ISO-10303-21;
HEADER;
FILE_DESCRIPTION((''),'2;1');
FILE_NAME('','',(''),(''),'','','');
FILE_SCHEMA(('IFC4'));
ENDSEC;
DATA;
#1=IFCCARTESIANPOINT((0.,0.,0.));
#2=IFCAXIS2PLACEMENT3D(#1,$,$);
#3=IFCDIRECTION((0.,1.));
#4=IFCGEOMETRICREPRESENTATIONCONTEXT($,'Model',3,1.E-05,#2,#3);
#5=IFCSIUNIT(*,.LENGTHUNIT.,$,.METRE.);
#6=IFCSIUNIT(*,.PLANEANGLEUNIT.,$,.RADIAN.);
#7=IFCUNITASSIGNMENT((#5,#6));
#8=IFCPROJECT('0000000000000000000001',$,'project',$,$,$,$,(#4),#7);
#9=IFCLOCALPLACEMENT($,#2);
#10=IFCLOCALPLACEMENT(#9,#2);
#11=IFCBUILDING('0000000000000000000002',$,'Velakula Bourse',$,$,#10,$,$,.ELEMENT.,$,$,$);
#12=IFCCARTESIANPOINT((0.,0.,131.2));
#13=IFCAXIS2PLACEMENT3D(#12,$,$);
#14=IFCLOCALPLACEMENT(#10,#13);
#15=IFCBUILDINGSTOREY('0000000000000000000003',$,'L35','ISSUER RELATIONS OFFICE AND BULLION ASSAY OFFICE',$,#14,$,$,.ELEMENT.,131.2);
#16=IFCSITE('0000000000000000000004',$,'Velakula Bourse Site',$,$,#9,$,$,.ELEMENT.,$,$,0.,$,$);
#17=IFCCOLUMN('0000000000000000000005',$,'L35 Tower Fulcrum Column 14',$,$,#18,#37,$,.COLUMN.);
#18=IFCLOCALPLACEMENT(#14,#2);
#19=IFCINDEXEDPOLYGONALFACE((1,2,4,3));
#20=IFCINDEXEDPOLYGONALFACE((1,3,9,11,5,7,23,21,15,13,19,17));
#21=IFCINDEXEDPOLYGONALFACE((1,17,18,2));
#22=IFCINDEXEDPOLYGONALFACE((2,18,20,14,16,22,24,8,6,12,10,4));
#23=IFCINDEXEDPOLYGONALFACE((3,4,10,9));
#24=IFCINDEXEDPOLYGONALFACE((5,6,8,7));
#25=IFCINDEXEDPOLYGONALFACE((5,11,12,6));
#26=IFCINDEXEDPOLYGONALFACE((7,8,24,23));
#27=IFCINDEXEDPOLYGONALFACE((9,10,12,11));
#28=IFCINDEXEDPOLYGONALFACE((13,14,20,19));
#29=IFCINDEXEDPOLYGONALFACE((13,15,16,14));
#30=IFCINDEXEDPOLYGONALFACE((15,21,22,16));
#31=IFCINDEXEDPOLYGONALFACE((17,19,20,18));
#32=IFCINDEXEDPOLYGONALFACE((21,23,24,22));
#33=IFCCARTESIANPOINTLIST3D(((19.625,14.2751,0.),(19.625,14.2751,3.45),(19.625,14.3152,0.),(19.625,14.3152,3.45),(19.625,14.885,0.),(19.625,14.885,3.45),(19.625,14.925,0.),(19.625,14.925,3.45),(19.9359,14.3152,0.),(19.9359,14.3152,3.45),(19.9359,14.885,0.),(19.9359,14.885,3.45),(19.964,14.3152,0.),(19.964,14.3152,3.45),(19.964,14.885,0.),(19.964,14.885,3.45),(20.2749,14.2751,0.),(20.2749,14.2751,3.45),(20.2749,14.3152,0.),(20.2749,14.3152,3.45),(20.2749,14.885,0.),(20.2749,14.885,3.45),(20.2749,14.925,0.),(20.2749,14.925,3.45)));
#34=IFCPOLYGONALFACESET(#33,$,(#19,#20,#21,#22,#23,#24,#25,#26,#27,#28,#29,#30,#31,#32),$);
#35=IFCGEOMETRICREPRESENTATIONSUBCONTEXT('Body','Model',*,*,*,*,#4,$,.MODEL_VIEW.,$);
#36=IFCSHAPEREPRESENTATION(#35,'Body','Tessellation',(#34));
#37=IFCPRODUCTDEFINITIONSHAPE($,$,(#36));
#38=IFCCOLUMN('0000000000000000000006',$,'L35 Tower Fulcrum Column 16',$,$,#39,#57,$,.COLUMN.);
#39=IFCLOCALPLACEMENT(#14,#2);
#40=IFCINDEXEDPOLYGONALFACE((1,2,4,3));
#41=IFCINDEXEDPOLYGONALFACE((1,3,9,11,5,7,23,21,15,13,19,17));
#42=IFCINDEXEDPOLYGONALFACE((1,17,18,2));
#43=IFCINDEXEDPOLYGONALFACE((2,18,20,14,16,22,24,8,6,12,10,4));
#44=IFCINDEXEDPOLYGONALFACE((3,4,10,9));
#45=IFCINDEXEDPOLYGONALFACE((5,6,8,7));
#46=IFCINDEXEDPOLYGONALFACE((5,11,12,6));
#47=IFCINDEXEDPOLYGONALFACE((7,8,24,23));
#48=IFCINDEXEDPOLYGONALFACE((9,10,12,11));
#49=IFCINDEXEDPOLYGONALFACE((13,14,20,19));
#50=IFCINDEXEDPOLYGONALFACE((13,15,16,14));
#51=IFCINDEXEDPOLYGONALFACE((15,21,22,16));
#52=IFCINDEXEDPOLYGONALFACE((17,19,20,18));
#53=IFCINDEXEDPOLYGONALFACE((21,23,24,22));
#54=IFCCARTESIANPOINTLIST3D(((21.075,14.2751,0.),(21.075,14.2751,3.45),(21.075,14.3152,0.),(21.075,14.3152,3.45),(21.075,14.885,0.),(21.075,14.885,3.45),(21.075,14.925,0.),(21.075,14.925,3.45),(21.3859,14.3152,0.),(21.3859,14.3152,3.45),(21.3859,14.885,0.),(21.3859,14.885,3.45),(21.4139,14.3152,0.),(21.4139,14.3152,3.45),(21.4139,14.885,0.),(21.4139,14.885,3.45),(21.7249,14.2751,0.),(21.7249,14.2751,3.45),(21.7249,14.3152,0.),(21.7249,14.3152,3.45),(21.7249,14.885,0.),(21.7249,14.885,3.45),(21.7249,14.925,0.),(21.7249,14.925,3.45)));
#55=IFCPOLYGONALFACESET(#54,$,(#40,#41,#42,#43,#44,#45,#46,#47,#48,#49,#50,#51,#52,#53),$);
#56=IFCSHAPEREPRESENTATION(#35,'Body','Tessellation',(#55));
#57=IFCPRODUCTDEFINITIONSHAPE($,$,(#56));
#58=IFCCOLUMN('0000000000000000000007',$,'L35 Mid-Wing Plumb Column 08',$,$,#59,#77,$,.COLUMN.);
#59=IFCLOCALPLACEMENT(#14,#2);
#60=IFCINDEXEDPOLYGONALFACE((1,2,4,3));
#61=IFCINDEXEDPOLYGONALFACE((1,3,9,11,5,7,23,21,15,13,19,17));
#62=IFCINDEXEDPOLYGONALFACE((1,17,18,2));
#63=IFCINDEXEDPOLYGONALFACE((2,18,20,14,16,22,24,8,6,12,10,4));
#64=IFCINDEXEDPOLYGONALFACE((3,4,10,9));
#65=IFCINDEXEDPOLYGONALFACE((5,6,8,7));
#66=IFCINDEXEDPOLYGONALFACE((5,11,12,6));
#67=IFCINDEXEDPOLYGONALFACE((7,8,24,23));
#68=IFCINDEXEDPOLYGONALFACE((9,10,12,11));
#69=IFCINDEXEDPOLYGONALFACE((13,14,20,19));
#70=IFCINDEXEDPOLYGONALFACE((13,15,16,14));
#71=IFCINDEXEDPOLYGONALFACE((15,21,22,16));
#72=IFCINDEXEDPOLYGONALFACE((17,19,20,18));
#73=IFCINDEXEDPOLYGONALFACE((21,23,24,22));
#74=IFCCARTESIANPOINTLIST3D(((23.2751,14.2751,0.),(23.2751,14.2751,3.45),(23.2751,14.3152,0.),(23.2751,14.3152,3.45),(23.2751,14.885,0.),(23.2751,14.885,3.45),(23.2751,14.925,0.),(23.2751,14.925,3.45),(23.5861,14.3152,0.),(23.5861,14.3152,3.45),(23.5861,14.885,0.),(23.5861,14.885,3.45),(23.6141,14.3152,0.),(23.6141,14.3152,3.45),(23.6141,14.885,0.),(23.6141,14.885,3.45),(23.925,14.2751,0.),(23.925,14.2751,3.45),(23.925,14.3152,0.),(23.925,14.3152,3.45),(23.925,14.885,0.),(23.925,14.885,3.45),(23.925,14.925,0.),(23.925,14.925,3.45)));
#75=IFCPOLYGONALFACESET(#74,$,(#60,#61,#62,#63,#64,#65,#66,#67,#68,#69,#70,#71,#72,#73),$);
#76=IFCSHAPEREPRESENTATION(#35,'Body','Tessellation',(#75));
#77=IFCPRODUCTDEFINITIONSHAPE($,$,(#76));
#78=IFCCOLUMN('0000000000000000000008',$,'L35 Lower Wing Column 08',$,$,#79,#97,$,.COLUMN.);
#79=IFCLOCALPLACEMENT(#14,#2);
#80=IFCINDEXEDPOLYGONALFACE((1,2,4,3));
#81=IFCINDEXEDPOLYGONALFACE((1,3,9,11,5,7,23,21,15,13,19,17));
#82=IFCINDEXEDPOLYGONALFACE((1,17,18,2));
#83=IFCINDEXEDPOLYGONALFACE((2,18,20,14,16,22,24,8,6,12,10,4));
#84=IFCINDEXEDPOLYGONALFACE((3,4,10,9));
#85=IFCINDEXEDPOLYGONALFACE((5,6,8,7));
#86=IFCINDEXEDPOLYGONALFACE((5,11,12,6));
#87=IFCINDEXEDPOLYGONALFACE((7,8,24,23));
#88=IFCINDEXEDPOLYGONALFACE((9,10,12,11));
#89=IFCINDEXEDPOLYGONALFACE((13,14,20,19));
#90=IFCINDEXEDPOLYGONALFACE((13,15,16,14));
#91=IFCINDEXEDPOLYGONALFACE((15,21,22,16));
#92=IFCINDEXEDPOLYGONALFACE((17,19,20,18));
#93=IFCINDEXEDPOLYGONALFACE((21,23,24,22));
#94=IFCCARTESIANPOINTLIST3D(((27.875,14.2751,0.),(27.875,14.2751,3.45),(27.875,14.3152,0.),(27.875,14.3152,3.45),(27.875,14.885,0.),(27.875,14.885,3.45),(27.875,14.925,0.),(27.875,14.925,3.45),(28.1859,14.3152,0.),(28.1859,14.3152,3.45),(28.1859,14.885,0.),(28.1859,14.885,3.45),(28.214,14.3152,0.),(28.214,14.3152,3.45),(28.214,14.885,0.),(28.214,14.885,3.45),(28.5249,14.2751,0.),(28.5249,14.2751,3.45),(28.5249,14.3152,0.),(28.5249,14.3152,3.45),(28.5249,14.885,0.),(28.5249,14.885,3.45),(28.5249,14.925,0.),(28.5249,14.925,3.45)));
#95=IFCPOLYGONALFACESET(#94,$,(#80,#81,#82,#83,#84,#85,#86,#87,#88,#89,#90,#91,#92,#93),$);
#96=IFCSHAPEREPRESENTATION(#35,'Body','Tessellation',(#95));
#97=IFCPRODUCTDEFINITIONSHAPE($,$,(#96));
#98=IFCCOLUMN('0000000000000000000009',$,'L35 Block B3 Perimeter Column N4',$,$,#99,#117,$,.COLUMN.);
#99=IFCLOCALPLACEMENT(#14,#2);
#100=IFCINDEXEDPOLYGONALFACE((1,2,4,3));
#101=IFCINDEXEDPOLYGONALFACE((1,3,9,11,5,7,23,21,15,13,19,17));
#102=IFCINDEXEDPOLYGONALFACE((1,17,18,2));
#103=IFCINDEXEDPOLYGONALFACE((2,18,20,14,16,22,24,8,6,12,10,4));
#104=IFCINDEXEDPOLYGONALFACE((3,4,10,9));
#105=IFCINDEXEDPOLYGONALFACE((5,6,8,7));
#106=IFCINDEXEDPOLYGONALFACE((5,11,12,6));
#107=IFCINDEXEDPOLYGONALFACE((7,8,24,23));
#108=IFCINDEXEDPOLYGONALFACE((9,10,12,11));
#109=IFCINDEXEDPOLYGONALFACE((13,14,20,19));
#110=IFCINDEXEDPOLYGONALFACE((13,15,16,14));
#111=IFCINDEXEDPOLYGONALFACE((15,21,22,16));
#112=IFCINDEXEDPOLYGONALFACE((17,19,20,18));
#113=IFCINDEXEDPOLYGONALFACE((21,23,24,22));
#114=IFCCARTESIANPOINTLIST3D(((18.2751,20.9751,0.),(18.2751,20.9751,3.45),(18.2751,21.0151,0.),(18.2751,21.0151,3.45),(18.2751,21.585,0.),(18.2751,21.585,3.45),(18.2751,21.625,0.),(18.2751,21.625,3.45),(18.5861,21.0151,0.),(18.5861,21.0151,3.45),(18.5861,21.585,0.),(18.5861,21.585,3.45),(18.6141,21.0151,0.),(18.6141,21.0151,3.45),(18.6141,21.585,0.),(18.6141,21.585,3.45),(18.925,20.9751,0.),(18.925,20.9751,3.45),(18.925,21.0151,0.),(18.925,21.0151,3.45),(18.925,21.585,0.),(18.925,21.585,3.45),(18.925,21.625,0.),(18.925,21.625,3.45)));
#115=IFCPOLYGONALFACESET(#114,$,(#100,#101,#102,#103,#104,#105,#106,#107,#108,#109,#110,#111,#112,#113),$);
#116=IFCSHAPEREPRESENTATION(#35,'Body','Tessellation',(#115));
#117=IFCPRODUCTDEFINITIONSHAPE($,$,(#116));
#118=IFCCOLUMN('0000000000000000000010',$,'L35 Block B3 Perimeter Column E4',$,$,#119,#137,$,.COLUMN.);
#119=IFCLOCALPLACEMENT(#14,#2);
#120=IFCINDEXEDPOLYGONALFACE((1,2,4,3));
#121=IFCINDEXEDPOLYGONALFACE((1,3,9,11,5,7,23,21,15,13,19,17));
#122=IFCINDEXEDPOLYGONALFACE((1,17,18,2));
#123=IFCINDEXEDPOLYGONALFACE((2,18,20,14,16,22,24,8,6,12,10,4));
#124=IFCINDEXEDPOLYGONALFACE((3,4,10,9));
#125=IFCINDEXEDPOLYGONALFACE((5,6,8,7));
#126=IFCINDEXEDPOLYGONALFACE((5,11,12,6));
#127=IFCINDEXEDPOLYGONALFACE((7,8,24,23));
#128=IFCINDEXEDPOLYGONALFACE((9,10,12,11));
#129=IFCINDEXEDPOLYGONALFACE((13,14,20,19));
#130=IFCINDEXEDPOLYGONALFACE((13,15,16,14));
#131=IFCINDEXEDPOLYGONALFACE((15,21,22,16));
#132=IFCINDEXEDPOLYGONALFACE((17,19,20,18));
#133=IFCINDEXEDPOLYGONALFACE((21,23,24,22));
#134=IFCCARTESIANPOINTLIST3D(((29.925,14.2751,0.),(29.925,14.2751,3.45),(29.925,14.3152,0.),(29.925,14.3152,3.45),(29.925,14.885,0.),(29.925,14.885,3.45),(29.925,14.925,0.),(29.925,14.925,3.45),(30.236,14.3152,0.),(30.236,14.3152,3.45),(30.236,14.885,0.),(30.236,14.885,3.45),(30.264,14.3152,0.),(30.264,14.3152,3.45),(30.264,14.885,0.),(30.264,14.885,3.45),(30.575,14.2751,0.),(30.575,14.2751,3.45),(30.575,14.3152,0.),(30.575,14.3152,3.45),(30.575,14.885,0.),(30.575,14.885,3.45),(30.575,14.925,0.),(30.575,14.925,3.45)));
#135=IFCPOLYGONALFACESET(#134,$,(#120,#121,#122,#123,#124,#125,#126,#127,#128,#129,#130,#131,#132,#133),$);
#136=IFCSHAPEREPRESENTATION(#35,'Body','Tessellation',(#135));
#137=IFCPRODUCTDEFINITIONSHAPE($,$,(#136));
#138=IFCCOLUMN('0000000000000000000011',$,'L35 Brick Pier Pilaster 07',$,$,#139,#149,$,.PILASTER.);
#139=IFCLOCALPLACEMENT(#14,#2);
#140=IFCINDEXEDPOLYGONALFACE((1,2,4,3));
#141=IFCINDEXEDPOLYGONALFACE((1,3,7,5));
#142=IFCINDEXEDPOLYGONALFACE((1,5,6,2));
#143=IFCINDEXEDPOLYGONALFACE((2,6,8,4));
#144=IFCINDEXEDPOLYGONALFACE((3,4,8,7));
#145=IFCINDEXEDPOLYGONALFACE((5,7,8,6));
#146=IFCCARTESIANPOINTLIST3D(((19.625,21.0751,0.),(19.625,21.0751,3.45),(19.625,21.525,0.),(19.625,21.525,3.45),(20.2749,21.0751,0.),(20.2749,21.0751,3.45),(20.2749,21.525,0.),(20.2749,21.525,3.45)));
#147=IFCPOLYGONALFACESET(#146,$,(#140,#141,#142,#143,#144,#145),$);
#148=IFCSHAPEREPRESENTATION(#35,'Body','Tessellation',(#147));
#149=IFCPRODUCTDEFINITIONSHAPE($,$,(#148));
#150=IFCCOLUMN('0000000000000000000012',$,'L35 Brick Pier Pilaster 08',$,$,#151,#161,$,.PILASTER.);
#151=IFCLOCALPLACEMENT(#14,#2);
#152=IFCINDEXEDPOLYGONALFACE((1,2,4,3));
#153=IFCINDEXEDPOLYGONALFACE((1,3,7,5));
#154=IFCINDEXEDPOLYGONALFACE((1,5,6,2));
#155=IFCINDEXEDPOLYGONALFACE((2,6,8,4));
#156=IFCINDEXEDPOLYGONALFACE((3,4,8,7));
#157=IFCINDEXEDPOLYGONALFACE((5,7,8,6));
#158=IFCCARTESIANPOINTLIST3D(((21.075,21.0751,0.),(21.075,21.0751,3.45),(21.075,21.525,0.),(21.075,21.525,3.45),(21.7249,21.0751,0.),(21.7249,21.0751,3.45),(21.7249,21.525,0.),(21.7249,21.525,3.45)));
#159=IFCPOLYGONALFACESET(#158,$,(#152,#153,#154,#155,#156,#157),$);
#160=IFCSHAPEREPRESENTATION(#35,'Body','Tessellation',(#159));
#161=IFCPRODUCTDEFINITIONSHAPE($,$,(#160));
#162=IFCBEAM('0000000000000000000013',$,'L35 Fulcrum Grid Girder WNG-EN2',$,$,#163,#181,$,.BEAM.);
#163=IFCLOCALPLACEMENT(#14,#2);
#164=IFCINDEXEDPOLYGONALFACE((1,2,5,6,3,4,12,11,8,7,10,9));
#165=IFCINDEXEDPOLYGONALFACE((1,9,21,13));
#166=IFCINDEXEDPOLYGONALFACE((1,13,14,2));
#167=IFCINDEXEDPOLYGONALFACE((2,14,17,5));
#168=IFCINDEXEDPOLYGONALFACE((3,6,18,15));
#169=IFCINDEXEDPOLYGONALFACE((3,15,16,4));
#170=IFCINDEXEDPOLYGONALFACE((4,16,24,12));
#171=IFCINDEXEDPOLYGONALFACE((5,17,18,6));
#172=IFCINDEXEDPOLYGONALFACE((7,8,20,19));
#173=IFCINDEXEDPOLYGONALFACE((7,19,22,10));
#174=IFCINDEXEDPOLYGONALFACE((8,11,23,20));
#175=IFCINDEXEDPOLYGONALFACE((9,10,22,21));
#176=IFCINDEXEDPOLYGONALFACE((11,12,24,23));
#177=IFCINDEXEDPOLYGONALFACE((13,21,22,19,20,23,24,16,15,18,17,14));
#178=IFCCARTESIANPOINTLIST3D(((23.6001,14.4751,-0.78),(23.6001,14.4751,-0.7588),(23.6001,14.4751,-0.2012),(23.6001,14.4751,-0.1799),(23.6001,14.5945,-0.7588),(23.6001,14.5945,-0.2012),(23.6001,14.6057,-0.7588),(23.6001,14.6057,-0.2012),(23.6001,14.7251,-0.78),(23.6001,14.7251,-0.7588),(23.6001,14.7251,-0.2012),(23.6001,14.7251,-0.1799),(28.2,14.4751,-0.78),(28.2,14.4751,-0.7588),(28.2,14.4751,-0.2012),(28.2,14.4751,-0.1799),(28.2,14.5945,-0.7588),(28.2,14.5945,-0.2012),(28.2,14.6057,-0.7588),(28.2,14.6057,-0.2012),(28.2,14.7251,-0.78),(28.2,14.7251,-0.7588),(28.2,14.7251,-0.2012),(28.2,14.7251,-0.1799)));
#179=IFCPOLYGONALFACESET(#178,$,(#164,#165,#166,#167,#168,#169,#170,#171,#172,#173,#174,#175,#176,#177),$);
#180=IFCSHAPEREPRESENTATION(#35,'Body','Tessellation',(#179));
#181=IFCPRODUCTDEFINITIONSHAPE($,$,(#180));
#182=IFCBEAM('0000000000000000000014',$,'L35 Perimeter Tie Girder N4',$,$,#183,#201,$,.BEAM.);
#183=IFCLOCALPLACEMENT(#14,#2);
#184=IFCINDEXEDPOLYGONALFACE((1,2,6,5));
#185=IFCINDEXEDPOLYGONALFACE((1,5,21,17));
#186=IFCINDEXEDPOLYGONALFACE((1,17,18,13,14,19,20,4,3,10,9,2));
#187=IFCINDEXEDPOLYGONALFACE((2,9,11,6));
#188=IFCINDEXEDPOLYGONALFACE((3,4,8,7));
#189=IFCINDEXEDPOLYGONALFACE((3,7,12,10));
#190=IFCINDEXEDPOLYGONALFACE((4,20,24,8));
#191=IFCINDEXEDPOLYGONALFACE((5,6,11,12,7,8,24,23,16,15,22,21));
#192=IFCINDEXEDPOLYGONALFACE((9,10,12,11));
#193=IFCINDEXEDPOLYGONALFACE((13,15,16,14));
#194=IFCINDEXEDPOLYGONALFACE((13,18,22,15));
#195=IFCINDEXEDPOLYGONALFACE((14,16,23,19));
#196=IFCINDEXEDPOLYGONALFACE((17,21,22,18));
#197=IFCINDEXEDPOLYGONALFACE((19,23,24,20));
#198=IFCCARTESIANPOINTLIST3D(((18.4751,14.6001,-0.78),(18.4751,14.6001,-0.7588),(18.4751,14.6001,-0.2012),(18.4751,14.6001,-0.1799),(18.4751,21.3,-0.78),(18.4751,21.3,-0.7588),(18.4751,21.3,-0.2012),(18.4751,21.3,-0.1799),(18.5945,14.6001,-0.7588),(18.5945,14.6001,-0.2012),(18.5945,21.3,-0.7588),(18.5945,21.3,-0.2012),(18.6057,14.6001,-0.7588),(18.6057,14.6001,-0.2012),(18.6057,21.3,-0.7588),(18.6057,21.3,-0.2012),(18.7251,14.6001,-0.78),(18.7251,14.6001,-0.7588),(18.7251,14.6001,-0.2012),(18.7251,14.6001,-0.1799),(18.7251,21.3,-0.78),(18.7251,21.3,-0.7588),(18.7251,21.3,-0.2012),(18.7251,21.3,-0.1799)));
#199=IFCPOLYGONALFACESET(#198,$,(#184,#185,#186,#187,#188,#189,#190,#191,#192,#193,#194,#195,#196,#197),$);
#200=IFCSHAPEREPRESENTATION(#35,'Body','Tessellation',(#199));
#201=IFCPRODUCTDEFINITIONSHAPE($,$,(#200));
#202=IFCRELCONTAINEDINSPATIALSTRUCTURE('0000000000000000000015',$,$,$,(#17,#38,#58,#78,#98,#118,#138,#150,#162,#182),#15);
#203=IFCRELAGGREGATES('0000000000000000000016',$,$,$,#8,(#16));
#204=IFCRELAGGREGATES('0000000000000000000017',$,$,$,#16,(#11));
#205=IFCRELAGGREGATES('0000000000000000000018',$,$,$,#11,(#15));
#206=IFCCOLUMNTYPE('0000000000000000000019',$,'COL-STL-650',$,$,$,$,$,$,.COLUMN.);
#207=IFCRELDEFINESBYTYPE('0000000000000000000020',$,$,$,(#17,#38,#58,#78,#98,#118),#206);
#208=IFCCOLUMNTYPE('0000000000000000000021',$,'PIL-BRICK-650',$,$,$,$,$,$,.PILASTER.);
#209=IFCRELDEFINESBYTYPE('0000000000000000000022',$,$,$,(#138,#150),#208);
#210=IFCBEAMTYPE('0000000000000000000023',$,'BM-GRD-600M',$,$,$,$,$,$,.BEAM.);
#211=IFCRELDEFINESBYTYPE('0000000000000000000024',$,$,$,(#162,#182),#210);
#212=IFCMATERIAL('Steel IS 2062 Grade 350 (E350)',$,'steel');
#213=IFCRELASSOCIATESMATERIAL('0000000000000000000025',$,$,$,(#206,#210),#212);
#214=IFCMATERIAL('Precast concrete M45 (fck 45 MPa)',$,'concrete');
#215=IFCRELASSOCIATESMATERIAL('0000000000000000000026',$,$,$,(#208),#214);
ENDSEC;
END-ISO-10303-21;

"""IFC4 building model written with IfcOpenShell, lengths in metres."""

from ifc_helpers import new_model, si_unit, direction, frame, origin, origin_2d, place, context, subcontext, project, spatial, rectangle, i_section, extrude, material, material_profile, profile_set, type_object, element, save


model = new_model("IFC4")

# Units and contexts
model_context = context("Model", 3, precision=1e-05, world=origin(), true_north=direction((0.0, 1.0)))
body_context = subcontext(model_context, "Body", "Model", "MODEL_VIEW")
ifc_project = project(units=[si_unit("LENGTHUNIT", "METRE"), si_unit("PLANEANGLEUNIT", "RADIAN")], contexts=[model_context])

# Site, building, storey
site_placement = place(None, origin())
site = spatial("IfcSite", under=ifc_project, at=site_placement, Name="Velakula Bourse Site", CompositionType="ELEMENT", RefElevation=0.0)
building_placement = place(site_placement, origin())
building = spatial("IfcBuilding", under=site, at=building_placement, Name="Velakula Bourse", CompositionType="ELEMENT")
storey_placement = place(building_placement, frame((0.0, 0.0, 131.2)))
storey = spatial("IfcBuildingStorey", under=building, at=storey_placement, Name="L35", Description="ISSUER RELATIONS OFFICE AND BULLION ASSAY OFFICE", CompositionType="ELEMENT", Elevation=131.2)

# Columns
ifc_material_1 = material(Name="Steel IS 2062 Grade 350 (E350)", Category="steel")
ifc_material_profile_1 = material_profile(ifc_material_1, i_section(OverallWidth=0.6499, OverallDepth=0.6499, WebThickness=0.0281, FlangeThickness=0.04, at=origin_2d()), Name="Steel IS 2062 Grade 350 (E350)")
ifc_profile_set_1 = profile_set([ifc_material_profile_1], Name="Steel IS 2062 Grade 350 (E350)")
column_type_1 = type_object("IfcColumnType", Name="COL-STL-650", PredefinedType="COLUMN", material=ifc_profile_set_1)
for number, where, z_axis, x_axis, name in (
    (1, (19.95, 14.6001, 0.0), (0.0, 0.0, 1.0), (1.0, 0.0, 0.0), "L35 Tower Fulcrum Column 14"),
    (2, (21.3999, 14.6001, 0.0), (0.0, 0.0, 1.0), (1.0, 0.0, 0.0), "L35 Tower Fulcrum Column 16"),
    (3, (23.6001, 14.6001, 0.0), (0.0, 0.0, 1.0), (1.0, 0.0, 0.0), "L35 Mid-Wing Plumb Column 08"),
    (4, (28.2, 14.6001, 0.0), (0.0, 0.0, 1.0), (1.0, 0.0, 0.0), "L35 Lower Wing Column 08"),
    (5, (18.6001, 21.3, 0.0), (0.0, 0.0, 1.0), (1.0, 0.0, 0.0), "L35 Block B3 Perimeter Column N4"),
    (6, (30.25, 14.6001, 0.0), (0.0, 0.0, 1.0), (1.0, 0.0, 0.0), "L35 Block B3 Perimeter Column E4"),
):
    element("IfcColumn", number, at=place(storey_placement, frame(where, z_axis=z_axis, x_axis=x_axis)), inside=storey, type_object=column_type_1, Name=name, PredefinedType="COLUMN", context=body_context, shape_type="SweptSolid", body=[
        extrude(i_section(OverallWidth=0.6499, OverallDepth=0.6499, WebThickness=0.0281, FlangeThickness=0.04, at=origin_2d()), origin(), (0.0, 0.0, 1.0), 3.45),
    ])
ifc_material_2 = material(Name="Precast concrete M45 (fck 45 MPa)", Category="concrete")
ifc_material_profile_2 = material_profile(ifc_material_2, rectangle(XDim=0.6499, YDim=0.45, at=origin_2d()), Name="Precast concrete M45 (fck 45 MPa)")
ifc_profile_set_2 = profile_set([ifc_material_profile_2], Name="Precast concrete M45 (fck 45 MPa)")
column_type_2 = type_object("IfcColumnType", Name="PIL-BRICK-650", PredefinedType="PILASTER", material=ifc_profile_set_2)
for number, where, z_axis, x_axis, name in (
    (7, (19.95, 21.3, 0.0), (0.0, 0.0, 1.0), (1.0, 0.0, 0.0), "L35 Brick Pier Pilaster 07"),
    (8, (21.3999, 21.3, 0.0), (0.0, 0.0, 1.0), (1.0, 0.0, 0.0), "L35 Brick Pier Pilaster 08"),
):
    element("IfcColumn", number, at=place(storey_placement, frame(where, z_axis=z_axis, x_axis=x_axis)), inside=storey, type_object=column_type_2, Name=name, PredefinedType="PILASTER", context=body_context, shape_type="SweptSolid", body=[
        extrude(rectangle(XDim=0.6499, YDim=0.45, at=origin_2d()), origin(), (0.0, 0.0, 1.0), 3.45),
    ])

# Beams
ifc_material_profile_3 = material_profile(ifc_material_1, i_section(OverallWidth=0.25, OverallDepth=0.6001, WebThickness=0.0112, FlangeThickness=0.0212, at=origin_2d()), Name="Steel IS 2062 Grade 350 (E350)")
ifc_profile_set_3 = profile_set([ifc_material_profile_3], Name="Steel IS 2062 Grade 350 (E350)")
beam_type_1 = type_object("IfcBeamType", Name="BM-GRD-600M", PredefinedType="BEAM", material=ifc_profile_set_3)
beam_1_placement = place(storey_placement, frame((23.6001, 14.6001, -0.48), z_axis=(1.0, 0.0, 0.0), x_axis=(0.0, 1.0, 0.0)))
element("IfcBeam", 9, at=beam_1_placement, inside=storey, type_object=beam_type_1, Name="L35 Fulcrum Grid Girder WNG-EN2", PredefinedType="BEAM", context=body_context, shape_type="SweptSolid", body=[
    extrude(i_section(OverallWidth=0.25, OverallDepth=0.6001, WebThickness=0.0112, FlangeThickness=0.0212, at=origin_2d()), origin(), (0.0, 0.0, 1.0), 4.5999),
])
beam_2_placement = place(storey_placement, frame((18.6001, 14.6001, -0.48), z_axis=(0.0, 1.0, 0.0), x_axis=(-1.0, 0.0, 0.0)))
element("IfcBeam", 10, at=beam_2_placement, inside=storey, type_object=beam_type_1, Name="L35 Perimeter Tie Girder N4", PredefinedType="BEAM", context=body_context, shape_type="SweptSolid", body=[
    extrude(i_section(OverallWidth=0.25, OverallDepth=0.6001, WebThickness=0.0112, FlangeThickness=0.0212, at=origin_2d()), origin(), (0.0, 0.0, 1.0), 6.7),
])

save(model, "model.ifc")
